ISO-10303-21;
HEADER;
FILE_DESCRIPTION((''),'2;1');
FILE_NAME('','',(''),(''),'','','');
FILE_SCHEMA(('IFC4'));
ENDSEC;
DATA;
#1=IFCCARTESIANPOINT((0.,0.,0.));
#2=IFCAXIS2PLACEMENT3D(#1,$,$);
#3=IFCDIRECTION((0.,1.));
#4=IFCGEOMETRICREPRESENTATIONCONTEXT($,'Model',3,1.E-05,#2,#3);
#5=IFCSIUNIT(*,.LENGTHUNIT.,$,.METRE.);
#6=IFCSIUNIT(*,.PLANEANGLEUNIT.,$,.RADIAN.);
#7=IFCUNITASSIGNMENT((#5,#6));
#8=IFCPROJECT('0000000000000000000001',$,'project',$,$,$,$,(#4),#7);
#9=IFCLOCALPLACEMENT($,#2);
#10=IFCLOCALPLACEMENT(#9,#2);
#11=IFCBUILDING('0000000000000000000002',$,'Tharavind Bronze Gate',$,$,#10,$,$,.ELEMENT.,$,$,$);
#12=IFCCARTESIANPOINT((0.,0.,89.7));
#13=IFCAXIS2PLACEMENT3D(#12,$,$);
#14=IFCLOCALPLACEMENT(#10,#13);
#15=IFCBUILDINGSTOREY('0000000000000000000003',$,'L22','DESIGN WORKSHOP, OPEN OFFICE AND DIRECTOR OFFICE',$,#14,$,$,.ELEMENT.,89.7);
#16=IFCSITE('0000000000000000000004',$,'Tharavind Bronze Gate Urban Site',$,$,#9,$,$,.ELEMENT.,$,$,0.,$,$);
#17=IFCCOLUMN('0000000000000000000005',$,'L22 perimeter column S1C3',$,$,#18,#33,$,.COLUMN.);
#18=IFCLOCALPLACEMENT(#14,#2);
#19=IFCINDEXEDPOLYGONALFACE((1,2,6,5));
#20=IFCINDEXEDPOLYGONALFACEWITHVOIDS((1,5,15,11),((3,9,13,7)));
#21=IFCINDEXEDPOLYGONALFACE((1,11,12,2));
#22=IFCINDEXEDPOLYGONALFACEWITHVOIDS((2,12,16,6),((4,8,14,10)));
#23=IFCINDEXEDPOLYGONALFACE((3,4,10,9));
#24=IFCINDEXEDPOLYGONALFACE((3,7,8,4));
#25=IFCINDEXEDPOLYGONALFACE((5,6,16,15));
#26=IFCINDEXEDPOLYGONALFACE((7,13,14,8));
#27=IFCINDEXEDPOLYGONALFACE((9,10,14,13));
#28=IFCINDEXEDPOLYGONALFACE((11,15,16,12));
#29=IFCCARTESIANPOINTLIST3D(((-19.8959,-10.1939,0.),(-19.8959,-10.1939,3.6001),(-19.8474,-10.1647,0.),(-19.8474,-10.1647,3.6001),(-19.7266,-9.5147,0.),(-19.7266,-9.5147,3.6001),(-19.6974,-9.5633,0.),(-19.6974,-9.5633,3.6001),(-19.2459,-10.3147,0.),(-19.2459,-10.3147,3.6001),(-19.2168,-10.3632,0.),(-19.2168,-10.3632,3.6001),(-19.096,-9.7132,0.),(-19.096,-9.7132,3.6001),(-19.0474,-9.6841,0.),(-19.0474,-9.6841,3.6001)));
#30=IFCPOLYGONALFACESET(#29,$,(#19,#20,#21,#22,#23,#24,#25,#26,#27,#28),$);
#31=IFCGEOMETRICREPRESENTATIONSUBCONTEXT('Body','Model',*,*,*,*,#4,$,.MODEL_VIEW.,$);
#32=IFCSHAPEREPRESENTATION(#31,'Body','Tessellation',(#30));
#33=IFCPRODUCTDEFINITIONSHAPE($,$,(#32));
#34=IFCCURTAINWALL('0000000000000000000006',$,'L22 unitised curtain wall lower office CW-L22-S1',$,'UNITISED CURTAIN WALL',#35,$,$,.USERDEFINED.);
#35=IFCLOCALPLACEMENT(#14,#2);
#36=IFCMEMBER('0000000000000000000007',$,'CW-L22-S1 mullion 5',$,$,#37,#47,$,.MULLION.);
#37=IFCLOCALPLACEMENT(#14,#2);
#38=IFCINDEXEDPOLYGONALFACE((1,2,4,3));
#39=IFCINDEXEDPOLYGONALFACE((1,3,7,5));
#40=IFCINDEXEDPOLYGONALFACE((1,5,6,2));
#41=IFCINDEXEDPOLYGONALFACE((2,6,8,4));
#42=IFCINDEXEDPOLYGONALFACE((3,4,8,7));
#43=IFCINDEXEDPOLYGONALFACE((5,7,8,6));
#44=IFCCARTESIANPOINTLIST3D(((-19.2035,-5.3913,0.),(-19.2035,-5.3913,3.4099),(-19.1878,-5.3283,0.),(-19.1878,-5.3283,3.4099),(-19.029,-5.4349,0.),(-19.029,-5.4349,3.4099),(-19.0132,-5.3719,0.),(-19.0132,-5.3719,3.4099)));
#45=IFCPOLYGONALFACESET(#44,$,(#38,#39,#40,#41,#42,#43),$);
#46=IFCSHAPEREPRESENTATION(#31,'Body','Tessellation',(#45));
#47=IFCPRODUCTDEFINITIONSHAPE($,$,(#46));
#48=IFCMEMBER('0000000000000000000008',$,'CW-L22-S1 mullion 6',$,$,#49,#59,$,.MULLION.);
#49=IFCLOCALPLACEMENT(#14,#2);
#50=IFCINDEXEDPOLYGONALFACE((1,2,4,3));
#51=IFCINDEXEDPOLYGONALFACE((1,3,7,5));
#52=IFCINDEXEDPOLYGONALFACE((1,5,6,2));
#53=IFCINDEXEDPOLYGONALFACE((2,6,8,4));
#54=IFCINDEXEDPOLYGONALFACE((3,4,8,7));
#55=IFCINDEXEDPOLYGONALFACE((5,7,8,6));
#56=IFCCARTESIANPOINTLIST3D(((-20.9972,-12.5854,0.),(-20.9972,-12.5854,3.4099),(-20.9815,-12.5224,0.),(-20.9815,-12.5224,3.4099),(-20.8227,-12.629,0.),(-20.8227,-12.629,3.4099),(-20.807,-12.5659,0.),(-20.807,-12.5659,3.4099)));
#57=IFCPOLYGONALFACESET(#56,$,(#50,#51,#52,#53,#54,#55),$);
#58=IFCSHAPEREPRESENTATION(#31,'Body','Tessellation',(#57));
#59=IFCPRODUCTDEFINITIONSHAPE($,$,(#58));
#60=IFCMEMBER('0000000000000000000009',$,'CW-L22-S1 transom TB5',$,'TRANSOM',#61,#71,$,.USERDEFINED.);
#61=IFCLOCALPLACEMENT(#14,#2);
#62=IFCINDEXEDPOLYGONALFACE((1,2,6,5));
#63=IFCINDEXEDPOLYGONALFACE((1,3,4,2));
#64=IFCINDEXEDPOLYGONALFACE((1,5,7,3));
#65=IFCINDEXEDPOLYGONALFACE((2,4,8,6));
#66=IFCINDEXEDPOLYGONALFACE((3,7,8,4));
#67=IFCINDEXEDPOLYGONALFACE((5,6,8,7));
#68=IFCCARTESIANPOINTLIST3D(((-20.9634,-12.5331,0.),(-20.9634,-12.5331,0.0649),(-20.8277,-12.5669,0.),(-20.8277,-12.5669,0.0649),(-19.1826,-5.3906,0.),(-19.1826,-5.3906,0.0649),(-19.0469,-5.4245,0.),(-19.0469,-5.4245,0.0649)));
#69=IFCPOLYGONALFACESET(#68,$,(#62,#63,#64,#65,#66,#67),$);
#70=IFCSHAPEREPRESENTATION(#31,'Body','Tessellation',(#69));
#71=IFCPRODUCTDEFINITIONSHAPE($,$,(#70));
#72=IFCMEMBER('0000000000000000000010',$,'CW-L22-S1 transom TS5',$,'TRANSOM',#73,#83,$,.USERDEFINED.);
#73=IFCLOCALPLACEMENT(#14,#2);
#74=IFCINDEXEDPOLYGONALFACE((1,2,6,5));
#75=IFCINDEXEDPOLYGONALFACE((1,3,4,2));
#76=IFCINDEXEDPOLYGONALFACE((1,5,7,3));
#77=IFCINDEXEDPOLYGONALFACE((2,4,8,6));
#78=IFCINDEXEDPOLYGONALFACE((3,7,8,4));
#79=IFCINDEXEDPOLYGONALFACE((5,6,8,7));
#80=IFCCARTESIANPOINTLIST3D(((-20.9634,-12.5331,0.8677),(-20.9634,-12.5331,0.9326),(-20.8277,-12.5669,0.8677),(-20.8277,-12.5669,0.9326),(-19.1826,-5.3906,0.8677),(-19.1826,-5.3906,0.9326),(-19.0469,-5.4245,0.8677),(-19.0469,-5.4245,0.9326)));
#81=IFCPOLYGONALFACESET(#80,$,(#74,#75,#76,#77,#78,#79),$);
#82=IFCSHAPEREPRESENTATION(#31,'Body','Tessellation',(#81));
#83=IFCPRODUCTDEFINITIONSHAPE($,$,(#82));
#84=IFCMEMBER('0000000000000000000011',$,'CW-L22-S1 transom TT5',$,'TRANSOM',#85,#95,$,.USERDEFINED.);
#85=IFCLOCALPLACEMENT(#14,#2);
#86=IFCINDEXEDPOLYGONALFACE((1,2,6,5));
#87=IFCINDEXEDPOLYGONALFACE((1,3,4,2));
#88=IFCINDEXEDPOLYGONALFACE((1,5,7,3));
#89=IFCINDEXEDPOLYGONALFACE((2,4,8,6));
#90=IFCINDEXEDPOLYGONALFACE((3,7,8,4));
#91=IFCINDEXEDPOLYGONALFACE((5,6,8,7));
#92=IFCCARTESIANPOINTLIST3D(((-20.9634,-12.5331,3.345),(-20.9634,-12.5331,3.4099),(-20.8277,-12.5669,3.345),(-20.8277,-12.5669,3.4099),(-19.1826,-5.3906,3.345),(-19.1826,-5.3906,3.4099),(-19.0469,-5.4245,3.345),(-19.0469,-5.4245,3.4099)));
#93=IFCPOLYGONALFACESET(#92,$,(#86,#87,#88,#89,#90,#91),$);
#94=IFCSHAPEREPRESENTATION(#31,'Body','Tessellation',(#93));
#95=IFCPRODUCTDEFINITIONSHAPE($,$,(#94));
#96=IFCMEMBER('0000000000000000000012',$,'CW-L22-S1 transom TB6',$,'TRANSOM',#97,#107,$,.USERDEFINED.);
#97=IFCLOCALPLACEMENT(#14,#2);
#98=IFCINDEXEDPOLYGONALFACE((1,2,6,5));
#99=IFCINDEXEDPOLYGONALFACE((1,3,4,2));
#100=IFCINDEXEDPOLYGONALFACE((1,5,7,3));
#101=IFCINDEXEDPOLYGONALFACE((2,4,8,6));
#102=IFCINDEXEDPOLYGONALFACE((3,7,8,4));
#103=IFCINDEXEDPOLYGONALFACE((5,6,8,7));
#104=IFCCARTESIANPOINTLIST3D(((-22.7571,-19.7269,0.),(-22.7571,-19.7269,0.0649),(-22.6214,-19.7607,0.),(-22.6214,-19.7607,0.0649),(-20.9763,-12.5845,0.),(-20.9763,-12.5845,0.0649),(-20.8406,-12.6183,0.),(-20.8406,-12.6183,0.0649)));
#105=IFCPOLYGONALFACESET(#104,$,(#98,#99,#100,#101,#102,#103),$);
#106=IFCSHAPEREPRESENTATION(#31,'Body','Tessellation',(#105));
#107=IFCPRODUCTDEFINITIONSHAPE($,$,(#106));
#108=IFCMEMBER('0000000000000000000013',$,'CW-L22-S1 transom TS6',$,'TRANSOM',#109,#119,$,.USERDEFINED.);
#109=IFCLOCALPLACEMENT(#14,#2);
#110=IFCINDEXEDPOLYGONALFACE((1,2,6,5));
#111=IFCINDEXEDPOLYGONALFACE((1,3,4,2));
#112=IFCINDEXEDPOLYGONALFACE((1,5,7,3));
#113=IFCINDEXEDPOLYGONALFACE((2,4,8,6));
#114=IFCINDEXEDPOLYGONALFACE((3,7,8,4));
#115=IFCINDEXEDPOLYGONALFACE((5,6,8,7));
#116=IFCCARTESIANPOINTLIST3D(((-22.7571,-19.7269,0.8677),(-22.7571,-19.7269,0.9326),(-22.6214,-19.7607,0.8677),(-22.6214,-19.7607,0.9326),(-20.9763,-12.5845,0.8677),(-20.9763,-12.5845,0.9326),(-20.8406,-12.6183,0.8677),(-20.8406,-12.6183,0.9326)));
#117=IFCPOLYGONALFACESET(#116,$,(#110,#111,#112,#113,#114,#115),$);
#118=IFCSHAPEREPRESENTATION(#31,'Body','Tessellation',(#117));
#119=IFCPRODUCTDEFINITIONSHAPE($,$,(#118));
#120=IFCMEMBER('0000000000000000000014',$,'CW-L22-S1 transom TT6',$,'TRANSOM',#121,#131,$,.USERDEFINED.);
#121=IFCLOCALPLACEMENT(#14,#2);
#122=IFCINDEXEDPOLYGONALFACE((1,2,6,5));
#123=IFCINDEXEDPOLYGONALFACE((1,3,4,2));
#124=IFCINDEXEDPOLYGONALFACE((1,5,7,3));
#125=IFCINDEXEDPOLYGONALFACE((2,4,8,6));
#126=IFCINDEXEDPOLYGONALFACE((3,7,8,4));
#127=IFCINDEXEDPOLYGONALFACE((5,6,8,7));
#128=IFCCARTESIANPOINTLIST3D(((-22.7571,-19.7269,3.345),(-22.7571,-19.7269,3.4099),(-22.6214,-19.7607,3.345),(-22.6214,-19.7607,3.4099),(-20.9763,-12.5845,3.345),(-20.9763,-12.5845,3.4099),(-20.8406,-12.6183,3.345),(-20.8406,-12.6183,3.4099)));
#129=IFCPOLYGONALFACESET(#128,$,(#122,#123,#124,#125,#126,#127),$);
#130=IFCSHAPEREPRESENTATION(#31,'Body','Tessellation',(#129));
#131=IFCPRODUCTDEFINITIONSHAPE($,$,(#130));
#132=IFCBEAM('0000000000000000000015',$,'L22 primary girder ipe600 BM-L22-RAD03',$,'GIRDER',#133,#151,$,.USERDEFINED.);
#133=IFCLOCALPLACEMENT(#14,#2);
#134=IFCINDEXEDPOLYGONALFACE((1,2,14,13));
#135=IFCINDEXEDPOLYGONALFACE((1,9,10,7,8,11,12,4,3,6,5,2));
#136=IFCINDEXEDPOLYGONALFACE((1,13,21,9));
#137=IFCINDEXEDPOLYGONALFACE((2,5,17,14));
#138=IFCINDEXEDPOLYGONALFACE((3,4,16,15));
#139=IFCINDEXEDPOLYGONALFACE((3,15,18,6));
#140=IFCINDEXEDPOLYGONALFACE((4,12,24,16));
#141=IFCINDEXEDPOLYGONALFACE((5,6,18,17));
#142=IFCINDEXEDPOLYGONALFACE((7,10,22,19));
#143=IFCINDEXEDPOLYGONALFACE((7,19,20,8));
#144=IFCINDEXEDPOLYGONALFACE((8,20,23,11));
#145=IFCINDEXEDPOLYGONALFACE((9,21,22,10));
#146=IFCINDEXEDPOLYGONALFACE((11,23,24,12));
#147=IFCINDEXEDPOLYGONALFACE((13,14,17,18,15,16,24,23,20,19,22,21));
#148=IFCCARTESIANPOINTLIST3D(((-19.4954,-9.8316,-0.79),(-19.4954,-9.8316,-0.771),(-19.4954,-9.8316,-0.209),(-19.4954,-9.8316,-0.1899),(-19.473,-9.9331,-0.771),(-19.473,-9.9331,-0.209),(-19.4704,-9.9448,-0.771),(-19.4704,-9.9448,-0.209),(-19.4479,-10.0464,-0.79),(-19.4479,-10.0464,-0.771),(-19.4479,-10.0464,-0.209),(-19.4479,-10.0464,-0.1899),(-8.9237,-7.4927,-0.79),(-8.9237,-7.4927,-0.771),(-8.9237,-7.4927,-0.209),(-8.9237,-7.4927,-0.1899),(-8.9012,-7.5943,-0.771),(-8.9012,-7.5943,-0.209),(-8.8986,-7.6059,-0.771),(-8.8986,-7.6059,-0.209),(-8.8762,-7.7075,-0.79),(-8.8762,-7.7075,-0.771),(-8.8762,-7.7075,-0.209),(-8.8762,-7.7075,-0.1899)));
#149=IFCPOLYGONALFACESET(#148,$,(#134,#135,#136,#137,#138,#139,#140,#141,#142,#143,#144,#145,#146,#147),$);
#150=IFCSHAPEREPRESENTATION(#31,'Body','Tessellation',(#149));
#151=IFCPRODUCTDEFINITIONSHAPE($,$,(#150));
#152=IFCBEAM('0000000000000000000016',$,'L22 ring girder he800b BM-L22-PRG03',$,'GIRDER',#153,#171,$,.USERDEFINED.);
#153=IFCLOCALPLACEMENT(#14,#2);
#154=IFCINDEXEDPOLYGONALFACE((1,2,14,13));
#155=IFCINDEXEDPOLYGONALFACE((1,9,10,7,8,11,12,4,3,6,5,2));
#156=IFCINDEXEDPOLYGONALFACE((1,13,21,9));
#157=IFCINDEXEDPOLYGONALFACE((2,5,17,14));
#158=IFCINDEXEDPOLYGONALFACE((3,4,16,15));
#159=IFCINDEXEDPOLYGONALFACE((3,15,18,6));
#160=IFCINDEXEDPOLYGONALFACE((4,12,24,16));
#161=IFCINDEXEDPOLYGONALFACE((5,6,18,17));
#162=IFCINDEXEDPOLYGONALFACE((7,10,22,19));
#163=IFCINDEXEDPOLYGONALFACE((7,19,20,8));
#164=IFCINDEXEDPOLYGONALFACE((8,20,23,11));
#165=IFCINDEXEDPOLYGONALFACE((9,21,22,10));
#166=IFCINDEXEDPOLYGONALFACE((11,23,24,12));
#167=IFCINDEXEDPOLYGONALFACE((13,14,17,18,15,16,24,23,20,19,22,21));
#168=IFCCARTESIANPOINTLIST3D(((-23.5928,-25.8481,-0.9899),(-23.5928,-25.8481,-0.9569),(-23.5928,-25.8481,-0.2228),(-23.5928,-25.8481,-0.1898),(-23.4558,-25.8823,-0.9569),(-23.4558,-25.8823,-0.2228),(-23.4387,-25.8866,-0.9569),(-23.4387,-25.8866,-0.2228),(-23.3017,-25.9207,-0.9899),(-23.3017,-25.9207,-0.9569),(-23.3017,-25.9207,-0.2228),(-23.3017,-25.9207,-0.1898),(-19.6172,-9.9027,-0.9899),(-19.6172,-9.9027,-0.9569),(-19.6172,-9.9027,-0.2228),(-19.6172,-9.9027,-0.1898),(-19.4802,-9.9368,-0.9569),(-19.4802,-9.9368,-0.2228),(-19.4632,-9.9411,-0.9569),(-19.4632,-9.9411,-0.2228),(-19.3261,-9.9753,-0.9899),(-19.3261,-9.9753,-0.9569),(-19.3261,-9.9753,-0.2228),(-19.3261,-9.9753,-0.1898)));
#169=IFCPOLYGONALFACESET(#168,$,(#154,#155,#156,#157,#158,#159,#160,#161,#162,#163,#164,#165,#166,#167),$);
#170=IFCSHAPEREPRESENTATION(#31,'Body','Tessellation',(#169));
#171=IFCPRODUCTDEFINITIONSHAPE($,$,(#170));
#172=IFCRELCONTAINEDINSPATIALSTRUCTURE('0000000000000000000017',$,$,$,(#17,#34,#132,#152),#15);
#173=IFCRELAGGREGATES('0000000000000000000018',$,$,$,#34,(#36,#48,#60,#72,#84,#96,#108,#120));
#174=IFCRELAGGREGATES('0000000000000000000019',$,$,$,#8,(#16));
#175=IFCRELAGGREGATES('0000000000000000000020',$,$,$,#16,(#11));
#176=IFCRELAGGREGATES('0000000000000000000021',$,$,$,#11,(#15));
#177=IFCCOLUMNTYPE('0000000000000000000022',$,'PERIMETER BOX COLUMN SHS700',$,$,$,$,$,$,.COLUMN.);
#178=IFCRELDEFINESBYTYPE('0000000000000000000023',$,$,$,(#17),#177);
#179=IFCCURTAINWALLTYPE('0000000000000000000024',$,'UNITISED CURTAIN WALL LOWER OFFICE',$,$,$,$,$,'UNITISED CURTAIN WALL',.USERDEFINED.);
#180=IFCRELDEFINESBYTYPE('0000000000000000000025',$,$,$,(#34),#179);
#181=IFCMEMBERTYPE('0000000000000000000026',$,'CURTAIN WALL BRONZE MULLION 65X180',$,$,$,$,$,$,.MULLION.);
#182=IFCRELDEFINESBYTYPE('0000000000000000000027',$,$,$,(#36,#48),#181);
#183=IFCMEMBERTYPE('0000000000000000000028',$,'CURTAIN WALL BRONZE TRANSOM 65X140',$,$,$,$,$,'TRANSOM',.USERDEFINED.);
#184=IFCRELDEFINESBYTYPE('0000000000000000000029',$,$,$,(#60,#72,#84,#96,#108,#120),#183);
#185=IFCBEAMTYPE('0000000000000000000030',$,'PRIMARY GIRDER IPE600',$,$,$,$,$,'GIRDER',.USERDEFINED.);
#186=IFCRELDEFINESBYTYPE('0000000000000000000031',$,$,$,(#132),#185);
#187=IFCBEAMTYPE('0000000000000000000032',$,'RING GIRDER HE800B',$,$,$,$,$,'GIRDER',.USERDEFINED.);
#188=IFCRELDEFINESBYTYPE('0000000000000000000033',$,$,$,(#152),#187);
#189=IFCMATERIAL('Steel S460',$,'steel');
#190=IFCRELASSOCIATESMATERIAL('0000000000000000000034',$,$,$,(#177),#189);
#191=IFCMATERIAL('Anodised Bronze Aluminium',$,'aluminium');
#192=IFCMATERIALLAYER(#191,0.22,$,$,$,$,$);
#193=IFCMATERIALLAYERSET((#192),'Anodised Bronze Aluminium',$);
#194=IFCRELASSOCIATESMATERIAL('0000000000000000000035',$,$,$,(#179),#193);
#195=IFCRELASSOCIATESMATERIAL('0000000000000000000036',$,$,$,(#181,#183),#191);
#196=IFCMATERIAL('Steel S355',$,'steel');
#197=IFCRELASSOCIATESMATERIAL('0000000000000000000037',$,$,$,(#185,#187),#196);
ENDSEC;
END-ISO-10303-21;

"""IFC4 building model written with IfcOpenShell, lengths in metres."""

from ifc_helpers import new_model, si_unit, direction, frame, origin, origin_2d, place, context, subcontext, project, spatial, rectangle, hollow_rectangle, i_section, extrude, material, layer, layer_set, material_profile, profile_set, type_object, element, aggregate, save


model = new_model("IFC4")

# Units and contexts
model_context = context("Model", 3, precision=1e-05, world=origin(), true_north=direction((0.0, 1.0)))
body_context = subcontext(model_context, "Body", "Model", "MODEL_VIEW")
ifc_project = project(units=[si_unit("LENGTHUNIT", "METRE"), si_unit("PLANEANGLEUNIT", "RADIAN")], contexts=[model_context])

# Site, building, storey
site_placement = place(None, origin())
site = spatial("IfcSite", under=ifc_project, at=site_placement, Name="Tharavind Bronze Gate Urban Site", CompositionType="ELEMENT", RefElevation=0.0)
building_placement = place(site_placement, origin())
building = spatial("IfcBuilding", under=site, at=building_placement, Name="Tharavind Bronze Gate", CompositionType="ELEMENT")
storey_placement = place(building_placement, frame((0.0, 0.0, 89.7)))
storey = spatial("IfcBuildingStorey", under=building, at=storey_placement, Name="L22", Description="DESIGN WORKSHOP, OPEN OFFICE AND DIRECTOR OFFICE", CompositionType="ELEMENT", Elevation=89.7)

# Column
ifc_material_1 = material(Name="Steel S460", Category="steel")
ifc_material_profile_1 = material_profile(ifc_material_1, hollow_rectangle(XDim=0.7, YDim=0.7, WallThickness=0.04, at=origin_2d()), Name="SHS700X40")
ifc_profile_set_1 = profile_set([ifc_material_profile_1], Name="Steel S460")
column_type = type_object("IfcColumnType", Name="PERIMETER BOX COLUMN SHS700", PredefinedType="COLUMN", material=ifc_profile_set_1)
column_placement = place(storey_placement, frame((-19.4717, -9.939, 0.0), z_axis=(0.0, 0.0, 1.0), x_axis=(0.241922, 0.970296, 0.0)))
element("IfcColumn", 1, at=column_placement, inside=storey, type_object=column_type, Name="L22 perimeter column S1C3", PredefinedType="COLUMN", context=body_context, shape_type="SweptSolid", body=[
    extrude(hollow_rectangle(XDim=0.7, YDim=0.7, WallThickness=0.04, at=origin_2d()), origin(), (0.0, 0.0, 1.0), 3.6001),
])

# Curtain wall, members
ifc_material_2 = material(Name="Anodised Bronze Aluminium", Category="aluminium")
ifc_layer_1 = layer(ifc_material_2, 0.22)
ifc_layer_set_1 = layer_set([ifc_layer_1], Name="Anodised Bronze Aluminium")
curtain_wall_type = type_object("IfcCurtainWallType", Name="UNITISED CURTAIN WALL LOWER OFFICE", ElementType="UNITISED CURTAIN WALL", PredefinedType="USERDEFINED", material=ifc_layer_set_1)
curtain_wall_placement = place(storey_placement, origin())
curtain_wall = element("IfcCurtainWall", 2, at=curtain_wall_placement, inside=storey, type_object=curtain_wall_type, Name="L22 unitised curtain wall lower office CW-L22-S1", ObjectType="UNITISED CURTAIN WALL", PredefinedType="USERDEFINED")
member_type_1 = type_object("IfcMemberType", Name="CURTAIN WALL BRONZE MULLION 65X180", PredefinedType="MULLION", material=ifc_material_2)
member_1_placement = place(storey_placement, frame((-19.1084, -5.3816, 0.0), z_axis=(0.0, 0.0, 1.0), x_axis=(-0.241922, -0.970296, 0.0)))
member_1 = element("IfcMember", 3, at=member_1_placement, type_object=member_type_1, Name="CW-L22-S1 mullion 5", PredefinedType="MULLION", context=body_context, shape_type="SweptSolid", body=[
    extrude(rectangle(XDim=0.0649, YDim=0.1799, at=origin_2d()), origin(), (0.0, 0.0, 1.0), 3.4099),
])
member_2_placement = place(storey_placement, frame((-20.9021, -12.5757, 0.0), z_axis=(0.0, 0.0, 1.0), x_axis=(-0.241922, -0.970296, 0.0)))
member_2 = element("IfcMember", 4, at=member_2_placement, type_object=member_type_1, Name="CW-L22-S1 mullion 6", PredefinedType="MULLION", context=body_context, shape_type="SweptSolid", body=[
    extrude(rectangle(XDim=0.0649, YDim=0.1799, at=origin_2d()), origin(), (0.0, 0.0, 1.0), 3.4099),
])
member_type_2 = type_object("IfcMemberType", Name="CURTAIN WALL BRONZE TRANSOM 65X140", ElementType="TRANSOM", PredefinedType="USERDEFINED", material=ifc_material_2)
member_3_placement = place(storey_placement, frame((-20.0051, -8.9788, 0.0), z_axis=(0.0, 0.0, 1.0), x_axis=(-0.241922, -0.970296, 0.0)))
member_3 = element("IfcMember", 5, at=member_3_placement, type_object=member_type_2, Name="CW-L22-S1 transom TB5", ObjectType="TRANSOM", PredefinedType="USERDEFINED", context=body_context, shape_type="SweptSolid", body=[
    extrude(rectangle(XDim=7.3611, YDim=0.1399, at=origin_2d()), origin(), (0.0, 0.0, 1.0), 0.0649),
])
member_4_placement = place(storey_placement, frame((-20.0051, -8.9788, 0.8677), z_axis=(0.0, 0.0, 1.0), x_axis=(-0.241922, -0.970296, 0.0)))
member_4 = element("IfcMember", 6, at=member_4_placement, type_object=member_type_2, Name="CW-L22-S1 transom TS5", ObjectType="TRANSOM", PredefinedType="USERDEFINED", context=body_context, shape_type="SweptSolid", body=[
    extrude(rectangle(XDim=7.3611, YDim=0.1399, at=origin_2d()), origin(), (0.0, 0.0, 1.0), 0.0649),
])
member_5_placement = place(storey_placement, frame((-20.0051, -8.9788, 3.345), z_axis=(0.0, 0.0, 1.0), x_axis=(-0.241922, -0.970296, 0.0)))
member_5 = element("IfcMember", 7, at=member_5_placement, type_object=member_type_2, Name="CW-L22-S1 transom TT5", ObjectType="TRANSOM", PredefinedType="USERDEFINED", context=body_context, shape_type="SweptSolid", body=[
    extrude(rectangle(XDim=7.3611, YDim=0.1399, at=origin_2d()), origin(), (0.0, 0.0, 1.0), 0.0649),
])
member_6_placement = place(storey_placement, frame((-21.7988, -16.1726, 0.0), z_axis=(0.0, 0.0, 1.0), x_axis=(-0.241922, -0.970296, 0.0)))
member_6 = element("IfcMember", 8, at=member_6_placement, type_object=member_type_2, Name="CW-L22-S1 transom TB6", ObjectType="TRANSOM", PredefinedType="USERDEFINED", context=body_context, shape_type="SweptSolid", body=[
    extrude(rectangle(XDim=7.3611, YDim=0.1399, at=origin_2d()), origin(), (0.0, 0.0, 1.0), 0.0649),
])
member_7_placement = place(storey_placement, frame((-21.7988, -16.1726, 0.8677), z_axis=(0.0, 0.0, 1.0), x_axis=(-0.241922, -0.970296, 0.0)))
member_7 = element("IfcMember", 9, at=member_7_placement, type_object=member_type_2, Name="CW-L22-S1 transom TS6", ObjectType="TRANSOM", PredefinedType="USERDEFINED", context=body_context, shape_type="SweptSolid", body=[
    extrude(rectangle(XDim=7.3611, YDim=0.1399, at=origin_2d()), origin(), (0.0, 0.0, 1.0), 0.0649),
])
member_8_placement = place(storey_placement, frame((-21.7988, -16.1726, 3.345), z_axis=(0.0, 0.0, 1.0), x_axis=(-0.241922, -0.970296, 0.0)))
member_8 = element("IfcMember", 10, at=member_8_placement, type_object=member_type_2, Name="CW-L22-S1 transom TT6", ObjectType="TRANSOM", PredefinedType="USERDEFINED", context=body_context, shape_type="SweptSolid", body=[
    extrude(rectangle(XDim=7.3611, YDim=0.1399, at=origin_2d()), origin(), (0.0, 0.0, 1.0), 0.0649),
])

# Beams
ifc_material_3 = material(Name="Steel S355", Category="steel")
ifc_material_profile_2 = material_profile(ifc_material_3, i_section(OverallWidth=0.22, OverallDepth=0.6001, WebThickness=0.012, FlangeThickness=0.019, at=origin_2d()), Name="IPE600")
ifc_profile_set_2 = profile_set([ifc_material_profile_2], Name="Steel S355")
beam_type_1 = type_object("IfcBeamType", Name="PRIMARY GIRDER IPE600", ElementType="GIRDER", PredefinedType="USERDEFINED", material=ifc_profile_set_2)
beam_1_placement = place(storey_placement, frame((-19.4717, -9.939, -0.49), z_axis=(0.97639, 0.216014, 0.0), x_axis=(-0.216014, 0.97639, 0.0)))
element("IfcBeam", 11, at=beam_1_placement, inside=storey, type_object=beam_type_1, Name="L22 primary girder ipe600 BM-L22-RAD03", ObjectType="GIRDER", PredefinedType="USERDEFINED", context=body_context, shape_type="SweptSolid", body=[
    extrude(i_section(OverallWidth=0.22, OverallDepth=0.6001, WebThickness=0.012, FlangeThickness=0.019, at=origin_2d()), origin(), (0.0, 0.0, 1.0), 10.8274),
])
ifc_material_profile_3 = material_profile(ifc_material_3, i_section(OverallWidth=0.3, OverallDepth=0.8, WebThickness=0.0176, FlangeThickness=0.033, at=origin_2d()), Name="HE800B")
ifc_profile_set_3 = profile_set([ifc_material_profile_3], Name="Steel S355")
beam_type_2 = type_object("IfcBeamType", Name="RING GIRDER HE800B", ElementType="GIRDER", PredefinedType="USERDEFINED", material=ifc_profile_set_3)
beam_2_placement = place(storey_placement, frame((-19.4717, -9.939, -0.5898), z_axis=(-0.241917, -0.970297, 0.0), x_axis=(0.970297, -0.241917, 0.0)))
element("IfcBeam", 12, at=beam_2_placement, inside=storey, type_object=beam_type_2, Name="L22 ring girder he800b BM-L22-PRG03", ObjectType="GIRDER", PredefinedType="USERDEFINED", context=body_context, shape_type="SweptSolid", body=[
    extrude(i_section(OverallWidth=0.3, OverallDepth=0.8, WebThickness=0.0176, FlangeThickness=0.033, at=origin_2d()), origin(), (0.0, 0.0, 1.0), 16.4336),
])

aggregate(curtain_wall, [member_1, member_2, member_3, member_4, member_5, member_6, member_7, member_8])

save(model, "model.ifc")
